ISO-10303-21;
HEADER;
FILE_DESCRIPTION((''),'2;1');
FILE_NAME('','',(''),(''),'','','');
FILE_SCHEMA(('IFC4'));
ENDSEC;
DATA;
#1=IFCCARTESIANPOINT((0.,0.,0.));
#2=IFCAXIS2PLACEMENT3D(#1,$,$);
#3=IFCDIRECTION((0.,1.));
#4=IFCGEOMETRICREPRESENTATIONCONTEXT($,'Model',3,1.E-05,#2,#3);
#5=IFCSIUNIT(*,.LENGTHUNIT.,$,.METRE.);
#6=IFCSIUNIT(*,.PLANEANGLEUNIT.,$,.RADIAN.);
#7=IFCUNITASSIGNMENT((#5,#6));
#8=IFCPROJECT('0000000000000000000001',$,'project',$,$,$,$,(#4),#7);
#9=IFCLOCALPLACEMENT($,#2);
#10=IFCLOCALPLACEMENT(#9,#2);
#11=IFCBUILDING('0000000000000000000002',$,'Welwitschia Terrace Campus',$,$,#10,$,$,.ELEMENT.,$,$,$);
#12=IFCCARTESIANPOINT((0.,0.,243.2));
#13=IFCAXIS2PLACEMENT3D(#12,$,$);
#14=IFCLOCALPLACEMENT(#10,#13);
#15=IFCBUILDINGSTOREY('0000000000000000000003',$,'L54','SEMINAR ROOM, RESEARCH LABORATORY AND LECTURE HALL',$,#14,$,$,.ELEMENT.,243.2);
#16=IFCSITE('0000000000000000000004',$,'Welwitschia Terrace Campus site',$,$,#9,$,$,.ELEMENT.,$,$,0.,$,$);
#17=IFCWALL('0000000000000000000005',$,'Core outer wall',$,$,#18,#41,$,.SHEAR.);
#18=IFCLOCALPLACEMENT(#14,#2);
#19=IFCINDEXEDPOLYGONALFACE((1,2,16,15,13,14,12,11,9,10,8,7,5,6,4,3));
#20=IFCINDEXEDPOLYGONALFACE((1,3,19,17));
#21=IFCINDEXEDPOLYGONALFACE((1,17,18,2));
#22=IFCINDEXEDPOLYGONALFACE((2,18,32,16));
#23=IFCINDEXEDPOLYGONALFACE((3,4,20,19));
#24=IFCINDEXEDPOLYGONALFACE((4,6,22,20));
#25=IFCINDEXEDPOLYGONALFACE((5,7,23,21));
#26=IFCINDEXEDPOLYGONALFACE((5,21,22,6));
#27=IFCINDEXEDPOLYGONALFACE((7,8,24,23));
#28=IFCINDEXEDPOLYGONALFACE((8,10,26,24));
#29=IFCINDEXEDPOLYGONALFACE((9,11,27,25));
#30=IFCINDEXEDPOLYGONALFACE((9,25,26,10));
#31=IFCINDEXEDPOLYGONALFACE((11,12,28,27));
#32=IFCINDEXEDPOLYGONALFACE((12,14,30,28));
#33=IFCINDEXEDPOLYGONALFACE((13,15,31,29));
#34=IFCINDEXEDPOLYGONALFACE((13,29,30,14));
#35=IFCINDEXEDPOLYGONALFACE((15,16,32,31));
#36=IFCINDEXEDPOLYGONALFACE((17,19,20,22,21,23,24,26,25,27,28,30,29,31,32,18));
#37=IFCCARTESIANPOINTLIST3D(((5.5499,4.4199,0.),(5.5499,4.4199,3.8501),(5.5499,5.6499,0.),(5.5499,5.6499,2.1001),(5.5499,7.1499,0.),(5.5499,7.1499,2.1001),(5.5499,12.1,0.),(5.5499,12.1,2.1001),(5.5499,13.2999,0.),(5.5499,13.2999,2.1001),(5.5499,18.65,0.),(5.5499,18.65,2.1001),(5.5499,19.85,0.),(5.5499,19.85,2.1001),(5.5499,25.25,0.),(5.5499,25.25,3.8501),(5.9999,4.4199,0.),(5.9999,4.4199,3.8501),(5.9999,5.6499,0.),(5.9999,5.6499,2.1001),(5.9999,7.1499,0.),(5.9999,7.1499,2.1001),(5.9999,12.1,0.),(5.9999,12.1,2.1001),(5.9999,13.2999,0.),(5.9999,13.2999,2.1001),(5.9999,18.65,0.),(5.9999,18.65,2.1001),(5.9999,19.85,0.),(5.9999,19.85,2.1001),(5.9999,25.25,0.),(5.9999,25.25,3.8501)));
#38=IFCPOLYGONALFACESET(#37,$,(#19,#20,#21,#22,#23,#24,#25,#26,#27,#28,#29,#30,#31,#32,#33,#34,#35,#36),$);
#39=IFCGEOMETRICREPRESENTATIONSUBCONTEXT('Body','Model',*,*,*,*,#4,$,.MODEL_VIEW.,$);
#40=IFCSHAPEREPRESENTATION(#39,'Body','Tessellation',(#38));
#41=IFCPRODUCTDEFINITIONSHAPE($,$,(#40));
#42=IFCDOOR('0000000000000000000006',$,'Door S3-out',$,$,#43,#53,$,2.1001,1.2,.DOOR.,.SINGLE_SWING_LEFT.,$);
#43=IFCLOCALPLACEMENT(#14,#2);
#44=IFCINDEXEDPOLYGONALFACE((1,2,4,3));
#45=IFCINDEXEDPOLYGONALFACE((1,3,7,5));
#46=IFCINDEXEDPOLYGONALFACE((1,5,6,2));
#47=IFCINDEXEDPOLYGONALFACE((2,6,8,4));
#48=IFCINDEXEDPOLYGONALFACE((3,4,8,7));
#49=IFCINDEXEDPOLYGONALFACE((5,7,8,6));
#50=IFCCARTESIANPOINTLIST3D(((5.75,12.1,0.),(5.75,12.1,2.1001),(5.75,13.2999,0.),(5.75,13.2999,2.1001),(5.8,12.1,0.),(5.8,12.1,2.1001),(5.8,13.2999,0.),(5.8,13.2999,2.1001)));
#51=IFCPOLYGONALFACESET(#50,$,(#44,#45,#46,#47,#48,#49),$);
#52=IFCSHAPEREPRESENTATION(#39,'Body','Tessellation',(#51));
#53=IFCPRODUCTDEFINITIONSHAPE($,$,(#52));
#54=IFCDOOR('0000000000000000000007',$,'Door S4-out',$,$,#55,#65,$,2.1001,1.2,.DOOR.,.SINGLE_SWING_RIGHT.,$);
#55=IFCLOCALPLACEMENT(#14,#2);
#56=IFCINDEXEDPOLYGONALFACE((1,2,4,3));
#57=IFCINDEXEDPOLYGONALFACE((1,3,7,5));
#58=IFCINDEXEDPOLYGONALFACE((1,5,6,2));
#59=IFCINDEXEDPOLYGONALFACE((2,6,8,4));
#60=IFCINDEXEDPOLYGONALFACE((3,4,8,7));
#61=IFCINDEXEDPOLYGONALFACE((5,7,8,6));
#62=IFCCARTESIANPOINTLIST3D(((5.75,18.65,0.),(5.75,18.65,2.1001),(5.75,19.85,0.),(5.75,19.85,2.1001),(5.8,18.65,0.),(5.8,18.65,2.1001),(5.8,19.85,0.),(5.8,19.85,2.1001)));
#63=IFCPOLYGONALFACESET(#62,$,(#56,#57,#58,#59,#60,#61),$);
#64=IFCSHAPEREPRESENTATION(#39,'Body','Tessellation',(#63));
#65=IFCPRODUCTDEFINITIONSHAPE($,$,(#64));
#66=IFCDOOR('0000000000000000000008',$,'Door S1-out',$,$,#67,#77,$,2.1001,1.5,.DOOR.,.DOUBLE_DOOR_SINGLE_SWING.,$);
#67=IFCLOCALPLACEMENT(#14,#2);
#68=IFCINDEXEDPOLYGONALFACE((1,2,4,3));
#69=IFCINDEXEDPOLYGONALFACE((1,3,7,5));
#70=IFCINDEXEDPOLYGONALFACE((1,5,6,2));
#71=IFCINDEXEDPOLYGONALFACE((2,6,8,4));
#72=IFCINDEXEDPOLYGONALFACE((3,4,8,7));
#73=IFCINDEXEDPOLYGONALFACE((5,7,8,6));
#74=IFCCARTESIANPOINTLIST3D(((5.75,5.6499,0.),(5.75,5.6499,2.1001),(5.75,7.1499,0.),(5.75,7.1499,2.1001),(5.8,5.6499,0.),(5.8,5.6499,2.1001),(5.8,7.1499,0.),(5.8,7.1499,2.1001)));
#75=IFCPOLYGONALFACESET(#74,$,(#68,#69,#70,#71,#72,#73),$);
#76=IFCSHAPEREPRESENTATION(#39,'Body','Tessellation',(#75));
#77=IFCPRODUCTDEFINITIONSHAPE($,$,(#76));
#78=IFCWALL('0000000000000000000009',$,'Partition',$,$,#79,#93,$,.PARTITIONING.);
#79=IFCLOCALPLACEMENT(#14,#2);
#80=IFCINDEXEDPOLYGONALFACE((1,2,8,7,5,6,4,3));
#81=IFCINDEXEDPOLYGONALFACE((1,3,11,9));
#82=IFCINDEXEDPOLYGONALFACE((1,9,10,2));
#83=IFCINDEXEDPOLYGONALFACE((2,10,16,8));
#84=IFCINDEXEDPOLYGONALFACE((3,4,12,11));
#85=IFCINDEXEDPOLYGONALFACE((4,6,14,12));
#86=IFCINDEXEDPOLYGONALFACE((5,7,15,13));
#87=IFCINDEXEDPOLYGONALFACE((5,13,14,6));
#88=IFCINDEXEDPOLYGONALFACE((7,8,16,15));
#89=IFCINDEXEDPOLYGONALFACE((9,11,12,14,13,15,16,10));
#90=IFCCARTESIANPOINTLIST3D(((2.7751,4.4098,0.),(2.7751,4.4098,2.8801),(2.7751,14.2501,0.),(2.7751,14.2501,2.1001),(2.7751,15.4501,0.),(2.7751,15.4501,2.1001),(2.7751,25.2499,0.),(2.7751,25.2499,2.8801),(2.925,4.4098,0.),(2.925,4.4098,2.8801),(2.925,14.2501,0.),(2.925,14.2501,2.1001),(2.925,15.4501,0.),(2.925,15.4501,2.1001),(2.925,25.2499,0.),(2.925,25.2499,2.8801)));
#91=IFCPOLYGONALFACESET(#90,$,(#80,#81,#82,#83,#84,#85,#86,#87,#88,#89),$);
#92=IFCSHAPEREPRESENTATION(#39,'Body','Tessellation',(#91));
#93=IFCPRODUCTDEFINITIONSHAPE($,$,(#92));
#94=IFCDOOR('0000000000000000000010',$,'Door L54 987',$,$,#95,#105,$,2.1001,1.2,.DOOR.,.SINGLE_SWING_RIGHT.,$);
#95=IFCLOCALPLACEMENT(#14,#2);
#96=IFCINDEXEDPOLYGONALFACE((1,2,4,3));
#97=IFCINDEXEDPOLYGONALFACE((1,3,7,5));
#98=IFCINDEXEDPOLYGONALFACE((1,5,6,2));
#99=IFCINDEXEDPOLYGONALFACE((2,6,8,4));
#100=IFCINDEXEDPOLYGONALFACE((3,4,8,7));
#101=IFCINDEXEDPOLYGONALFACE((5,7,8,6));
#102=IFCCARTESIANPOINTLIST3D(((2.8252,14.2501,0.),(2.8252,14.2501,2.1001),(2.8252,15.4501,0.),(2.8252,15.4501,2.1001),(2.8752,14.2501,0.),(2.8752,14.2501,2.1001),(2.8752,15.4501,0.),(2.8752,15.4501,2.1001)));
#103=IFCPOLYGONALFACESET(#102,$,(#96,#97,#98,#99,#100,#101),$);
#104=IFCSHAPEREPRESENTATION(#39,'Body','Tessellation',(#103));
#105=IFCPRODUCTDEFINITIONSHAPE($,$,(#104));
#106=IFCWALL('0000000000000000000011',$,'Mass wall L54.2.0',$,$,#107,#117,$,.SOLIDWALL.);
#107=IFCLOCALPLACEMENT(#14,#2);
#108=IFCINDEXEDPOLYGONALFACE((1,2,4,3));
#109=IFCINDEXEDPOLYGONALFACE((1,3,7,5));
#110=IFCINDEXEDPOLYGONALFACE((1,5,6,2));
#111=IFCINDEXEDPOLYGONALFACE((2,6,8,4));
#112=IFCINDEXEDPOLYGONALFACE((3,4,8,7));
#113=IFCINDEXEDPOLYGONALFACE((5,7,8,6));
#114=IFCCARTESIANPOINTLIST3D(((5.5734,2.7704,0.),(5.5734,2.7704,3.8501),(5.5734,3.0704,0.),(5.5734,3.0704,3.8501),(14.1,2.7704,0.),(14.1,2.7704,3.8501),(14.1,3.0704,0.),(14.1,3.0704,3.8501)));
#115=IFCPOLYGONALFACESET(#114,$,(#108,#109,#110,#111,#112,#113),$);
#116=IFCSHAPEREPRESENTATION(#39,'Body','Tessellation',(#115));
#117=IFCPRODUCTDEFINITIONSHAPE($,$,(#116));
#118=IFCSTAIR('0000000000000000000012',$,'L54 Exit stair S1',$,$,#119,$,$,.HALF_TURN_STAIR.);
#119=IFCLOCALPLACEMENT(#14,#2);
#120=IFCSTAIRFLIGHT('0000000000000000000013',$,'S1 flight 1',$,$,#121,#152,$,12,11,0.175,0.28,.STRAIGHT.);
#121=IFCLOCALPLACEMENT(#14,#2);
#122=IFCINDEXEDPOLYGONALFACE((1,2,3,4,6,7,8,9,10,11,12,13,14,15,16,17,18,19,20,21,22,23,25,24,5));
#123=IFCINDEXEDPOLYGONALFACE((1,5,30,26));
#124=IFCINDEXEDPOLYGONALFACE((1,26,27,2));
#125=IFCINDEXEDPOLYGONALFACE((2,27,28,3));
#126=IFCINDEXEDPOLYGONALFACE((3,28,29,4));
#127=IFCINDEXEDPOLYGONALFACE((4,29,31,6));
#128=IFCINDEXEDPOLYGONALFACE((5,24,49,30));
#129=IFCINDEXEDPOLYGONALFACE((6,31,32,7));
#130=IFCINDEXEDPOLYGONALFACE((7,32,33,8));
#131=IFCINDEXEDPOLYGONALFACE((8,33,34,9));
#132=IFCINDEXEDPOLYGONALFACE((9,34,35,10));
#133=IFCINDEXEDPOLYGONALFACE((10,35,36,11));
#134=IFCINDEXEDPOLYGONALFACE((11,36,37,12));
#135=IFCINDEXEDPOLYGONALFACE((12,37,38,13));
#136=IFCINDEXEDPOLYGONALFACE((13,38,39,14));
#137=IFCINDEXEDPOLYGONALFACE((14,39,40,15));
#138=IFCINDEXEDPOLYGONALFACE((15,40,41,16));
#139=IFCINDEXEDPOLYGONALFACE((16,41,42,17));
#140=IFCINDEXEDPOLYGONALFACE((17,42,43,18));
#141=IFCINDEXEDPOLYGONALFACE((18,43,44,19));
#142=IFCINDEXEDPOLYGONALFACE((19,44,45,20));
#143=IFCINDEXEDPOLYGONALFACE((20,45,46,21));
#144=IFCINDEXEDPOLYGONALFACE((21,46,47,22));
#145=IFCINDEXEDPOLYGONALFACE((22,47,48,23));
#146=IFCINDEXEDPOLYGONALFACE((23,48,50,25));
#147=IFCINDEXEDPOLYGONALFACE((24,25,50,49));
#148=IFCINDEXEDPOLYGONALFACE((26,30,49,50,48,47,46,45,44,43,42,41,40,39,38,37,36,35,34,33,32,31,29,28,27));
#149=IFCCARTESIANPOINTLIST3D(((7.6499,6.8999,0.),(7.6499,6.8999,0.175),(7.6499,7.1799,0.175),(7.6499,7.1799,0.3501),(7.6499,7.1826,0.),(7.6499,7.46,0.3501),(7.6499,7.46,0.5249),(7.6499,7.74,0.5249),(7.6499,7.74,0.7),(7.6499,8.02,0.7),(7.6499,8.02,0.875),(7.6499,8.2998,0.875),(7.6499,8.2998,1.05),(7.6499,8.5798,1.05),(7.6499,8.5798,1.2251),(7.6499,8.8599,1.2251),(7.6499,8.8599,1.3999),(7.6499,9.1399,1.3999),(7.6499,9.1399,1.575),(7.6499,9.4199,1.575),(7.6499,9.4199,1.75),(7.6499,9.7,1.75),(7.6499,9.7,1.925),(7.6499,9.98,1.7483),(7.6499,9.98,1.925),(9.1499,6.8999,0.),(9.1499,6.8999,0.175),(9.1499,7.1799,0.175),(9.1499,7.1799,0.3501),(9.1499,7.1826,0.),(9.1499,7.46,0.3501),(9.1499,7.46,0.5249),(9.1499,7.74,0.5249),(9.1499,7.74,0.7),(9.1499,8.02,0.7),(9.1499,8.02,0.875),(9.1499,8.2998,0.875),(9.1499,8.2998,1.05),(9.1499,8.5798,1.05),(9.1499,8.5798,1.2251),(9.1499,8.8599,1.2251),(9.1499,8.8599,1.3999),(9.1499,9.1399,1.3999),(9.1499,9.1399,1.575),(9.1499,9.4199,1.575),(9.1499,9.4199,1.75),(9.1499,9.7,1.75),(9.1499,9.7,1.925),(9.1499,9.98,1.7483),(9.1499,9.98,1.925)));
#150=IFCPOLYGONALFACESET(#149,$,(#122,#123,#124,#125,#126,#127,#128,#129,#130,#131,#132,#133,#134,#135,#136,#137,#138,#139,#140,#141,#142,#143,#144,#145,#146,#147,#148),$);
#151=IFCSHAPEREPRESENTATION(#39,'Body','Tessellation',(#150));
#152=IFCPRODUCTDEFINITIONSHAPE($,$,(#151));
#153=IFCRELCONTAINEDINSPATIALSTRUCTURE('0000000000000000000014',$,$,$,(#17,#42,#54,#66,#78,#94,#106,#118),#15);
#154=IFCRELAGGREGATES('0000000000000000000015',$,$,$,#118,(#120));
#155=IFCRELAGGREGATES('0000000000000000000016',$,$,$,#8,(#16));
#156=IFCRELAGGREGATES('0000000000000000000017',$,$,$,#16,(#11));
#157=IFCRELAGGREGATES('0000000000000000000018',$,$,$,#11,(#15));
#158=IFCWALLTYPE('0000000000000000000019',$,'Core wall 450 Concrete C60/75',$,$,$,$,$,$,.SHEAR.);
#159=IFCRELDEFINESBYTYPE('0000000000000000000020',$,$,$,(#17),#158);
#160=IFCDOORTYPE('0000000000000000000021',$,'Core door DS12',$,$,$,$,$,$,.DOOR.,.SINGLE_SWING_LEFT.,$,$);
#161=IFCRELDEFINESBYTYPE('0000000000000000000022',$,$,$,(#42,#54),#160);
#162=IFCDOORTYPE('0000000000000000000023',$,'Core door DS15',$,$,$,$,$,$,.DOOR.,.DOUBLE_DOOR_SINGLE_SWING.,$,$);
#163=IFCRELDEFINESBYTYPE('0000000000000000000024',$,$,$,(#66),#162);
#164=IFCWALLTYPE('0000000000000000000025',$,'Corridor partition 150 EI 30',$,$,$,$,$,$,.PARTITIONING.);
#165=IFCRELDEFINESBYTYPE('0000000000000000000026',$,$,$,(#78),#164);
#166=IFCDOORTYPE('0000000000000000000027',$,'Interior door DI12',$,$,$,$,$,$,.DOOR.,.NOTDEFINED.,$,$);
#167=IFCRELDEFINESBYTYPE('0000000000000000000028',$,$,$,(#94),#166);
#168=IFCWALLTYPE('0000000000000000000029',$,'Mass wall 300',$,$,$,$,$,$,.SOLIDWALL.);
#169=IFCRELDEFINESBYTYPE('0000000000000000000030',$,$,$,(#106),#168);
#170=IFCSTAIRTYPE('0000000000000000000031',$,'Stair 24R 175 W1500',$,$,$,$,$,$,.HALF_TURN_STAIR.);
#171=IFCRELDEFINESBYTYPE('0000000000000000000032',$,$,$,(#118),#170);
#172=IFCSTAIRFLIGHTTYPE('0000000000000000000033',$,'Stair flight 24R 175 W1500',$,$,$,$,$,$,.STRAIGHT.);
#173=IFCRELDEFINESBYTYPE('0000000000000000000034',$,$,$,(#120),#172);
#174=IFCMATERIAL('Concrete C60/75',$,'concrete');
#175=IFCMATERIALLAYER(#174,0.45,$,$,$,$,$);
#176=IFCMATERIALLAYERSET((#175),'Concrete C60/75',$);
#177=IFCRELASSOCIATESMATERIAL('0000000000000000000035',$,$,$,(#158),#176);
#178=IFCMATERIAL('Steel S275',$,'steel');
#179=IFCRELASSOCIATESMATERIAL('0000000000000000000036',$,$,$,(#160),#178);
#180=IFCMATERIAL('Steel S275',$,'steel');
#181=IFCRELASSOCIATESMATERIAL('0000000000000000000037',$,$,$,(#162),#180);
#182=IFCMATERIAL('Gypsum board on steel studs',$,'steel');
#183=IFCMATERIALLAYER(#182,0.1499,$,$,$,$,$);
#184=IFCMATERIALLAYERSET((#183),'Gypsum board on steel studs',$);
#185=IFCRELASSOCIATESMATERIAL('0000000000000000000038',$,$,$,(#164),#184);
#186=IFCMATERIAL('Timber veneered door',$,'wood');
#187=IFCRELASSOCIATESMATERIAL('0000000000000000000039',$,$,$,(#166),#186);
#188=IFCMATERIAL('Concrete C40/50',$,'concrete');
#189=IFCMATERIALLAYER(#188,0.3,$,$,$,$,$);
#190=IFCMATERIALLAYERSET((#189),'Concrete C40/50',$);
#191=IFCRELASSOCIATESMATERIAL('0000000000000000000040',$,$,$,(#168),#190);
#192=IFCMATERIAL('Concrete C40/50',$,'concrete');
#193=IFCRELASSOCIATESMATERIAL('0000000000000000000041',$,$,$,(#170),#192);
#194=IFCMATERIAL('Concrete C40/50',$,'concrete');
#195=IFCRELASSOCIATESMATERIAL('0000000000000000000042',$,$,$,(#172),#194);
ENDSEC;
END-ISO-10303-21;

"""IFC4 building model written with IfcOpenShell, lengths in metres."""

from ifc_helpers import new_model, si_unit, direction, frame, frame_2d, origin, place, context, subcontext, project, spatial, polyline, rectangle, outline, extrude, material, layer, layer_set, type_object, element, fill, aggregate, save


model = new_model("IFC4")

# Units and contexts
model_context = context("Model", 3, precision=1e-05, world=origin(), true_north=direction((0.0, 1.0)))
body_context = subcontext(model_context, "Body", "Model", "MODEL_VIEW")
ifc_project = project(units=[si_unit("LENGTHUNIT", "METRE"), si_unit("PLANEANGLEUNIT", "RADIAN")], contexts=[model_context])

# Site, building, storey
site_placement = place(None, origin())
site = spatial("IfcSite", under=ifc_project, at=site_placement, Name="Welwitschia Terrace Campus site", CompositionType="ELEMENT", RefElevation=0.0)
building_placement = place(site_placement, origin())
building = spatial("IfcBuilding", under=site, at=building_placement, Name="Welwitschia Terrace Campus", CompositionType="ELEMENT")
storey_placement = place(building_placement, frame((0.0, 0.0, 243.2)))
storey = spatial("IfcBuildingStorey", under=building, at=storey_placement, Name="L54", Description="SEMINAR ROOM, RESEARCH LABORATORY AND LECTURE HALL", CompositionType="ELEMENT", Elevation=243.2)

# Wall, openings, doors
ifc_material_1 = material(Name="Concrete C60/75", Category="concrete")
ifc_layer_1 = layer(ifc_material_1, 0.45)
ifc_layer_set_1 = layer_set([ifc_layer_1], Name="Concrete C60/75")
wall_type_1 = type_object("IfcWallType", Name="Core wall 450 Concrete C60/75", PredefinedType="SHEAR", material=ifc_layer_set_1)
wall_1_placement = place(storey_placement, frame((5.7749, 4.4199, 0.0), z_axis=(0.0, 0.0, 1.0), x_axis=(0.0, 1.0, 0.0)))
wall_1 = element("IfcWall", 1, at=wall_1_placement, inside=storey, type_object=wall_type_1, Name="Core outer wall", PredefinedType="SHEAR", context=body_context, shape_type="SweptSolid", body=[
    extrude(rectangle(XDim=20.8301, YDim=0.45, at=frame_2d((10.415, 0.0))), origin(), (0.0, 0.0, 1.0), 3.8501),
])
opening_1_placement = place(wall_1_placement, frame((1.23, 0.0, 0.0)))
opening_1 = element("IfcOpeningElement", 2, at=opening_1_placement, cuts=wall_1, PredefinedType="OPENING", context=body_context, shape_type="SweptSolid", body=[
    extrude(rectangle(XDim=1.5, YDim=2.1001, at=frame_2d((0.75, 1.05))), frame((0.0, 0.2349, 0.0), z_axis=(0.0, -1.0, 0.0), x_axis=(1.0, 0.0, 0.0)), (0.0, 0.0, 1.0), 0.47),
])
opening_2_placement = place(wall_1_placement, frame((7.6799, 0.0, 0.0)))
opening_2 = element("IfcOpeningElement", 3, at=opening_2_placement, cuts=wall_1, PredefinedType="OPENING", context=body_context, shape_type="SweptSolid", body=[
    extrude(rectangle(XDim=1.2, YDim=2.1001, at=frame_2d((0.6001, 1.05))), frame((0.0, 0.2349, 0.0), z_axis=(0.0, -1.0, 0.0), x_axis=(1.0, 0.0, 0.0)), (0.0, 0.0, 1.0), 0.47),
])
opening_3_placement = place(wall_1_placement, frame((14.23, 0.0, 0.0)))
opening_3 = element("IfcOpeningElement", 4, at=opening_3_placement, cuts=wall_1, PredefinedType="OPENING", context=body_context, shape_type="SweptSolid", body=[
    extrude(rectangle(XDim=1.2, YDim=2.1001, at=frame_2d((0.6001, 1.05))), frame((0.0, 0.2349, 0.0), z_axis=(0.0, -1.0, 0.0), x_axis=(1.0, 0.0, 0.0)), (0.0, 0.0, 1.0), 0.47),
])
ifc_material_2 = material(Name="Steel S275", Category="steel")
door_type_1 = type_object("IfcDoorType", Name="Core door DS12", OperationType="SINGLE_SWING_LEFT", PredefinedType="DOOR", material=ifc_material_2)
door_1_placement = place(opening_2_placement, origin())
door_1 = element("IfcDoor", 5, at=door_1_placement, inside=storey, type_object=door_type_1, Name="Door S3-out", OperationType="SINGLE_SWING_LEFT", OverallHeight=2.1001, OverallWidth=1.2, PredefinedType="DOOR", context=body_context, shape_type="SweptSolid", body=[
    extrude(rectangle(XDim=1.2, YDim=2.1001, at=frame_2d((0.6001, 1.05))), frame((0.0, 0.0249, 0.0), z_axis=(0.0, -1.0, 0.0), x_axis=(1.0, 0.0, 0.0)), (0.0, 0.0, 1.0), 0.05),
])
fill(opening_2, door_1)
door_2_placement = place(opening_3_placement, origin())
door_2 = element("IfcDoor", 6, at=door_2_placement, inside=storey, type_object=door_type_1, Name="Door S4-out", OperationType="SINGLE_SWING_RIGHT", OverallHeight=2.1001, OverallWidth=1.2, PredefinedType="DOOR", context=body_context, shape_type="SweptSolid", body=[
    extrude(rectangle(XDim=1.2, YDim=2.1001, at=frame_2d((0.6001, 1.05))), frame((0.0, 0.0249, 0.0), z_axis=(0.0, -1.0, 0.0), x_axis=(1.0, 0.0, 0.0)), (0.0, 0.0, 1.0), 0.05),
])
fill(opening_3, door_2)
ifc_material_3 = material(Name="Steel S275", Category="steel")
door_type_2 = type_object("IfcDoorType", Name="Core door DS15", OperationType="DOUBLE_DOOR_SINGLE_SWING", PredefinedType="DOOR", material=ifc_material_3)
door_3_placement = place(opening_1_placement, origin())
door_3 = element("IfcDoor", 7, at=door_3_placement, inside=storey, type_object=door_type_2, Name="Door S1-out", OperationType="DOUBLE_DOOR_SINGLE_SWING", OverallHeight=2.1001, OverallWidth=1.5, PredefinedType="DOOR", context=body_context, shape_type="SweptSolid", body=[
    extrude(rectangle(XDim=1.5, YDim=2.1001, at=frame_2d((0.75, 1.05))), frame((0.0, 0.0249, 0.0), z_axis=(0.0, -1.0, 0.0), x_axis=(1.0, 0.0, 0.0)), (0.0, 0.0, 1.0), 0.05),
])
fill(opening_1, door_3)

# Wall, opening, door
ifc_material_4 = material(Name="Gypsum board on steel studs", Category="steel")
ifc_layer_2 = layer(ifc_material_4, 0.1499)
ifc_layer_set_2 = layer_set([ifc_layer_2], Name="Gypsum board on steel studs")
wall_type_2 = type_object("IfcWallType", Name="Corridor partition 150 EI 30", PredefinedType="PARTITIONING", material=ifc_layer_set_2)
wall_2_placement = place(storey_placement, frame((2.8501, 4.4099, 0.0), z_axis=(0.0, 0.0, 1.0), x_axis=(0.0, 1.0, 0.0)))
wall_2 = element("IfcWall", 8, at=wall_2_placement, inside=storey, type_object=wall_type_2, Name="Partition", PredefinedType="PARTITIONING", context=body_context, shape_type="SweptSolid", body=[
    extrude(rectangle(XDim=20.8401, YDim=0.1499, at=frame_2d((10.4199, 0.0))), origin(), (0.0, 0.0, 1.0), 2.8801),
])
opening_4_placement = place(wall_2_placement, frame((9.8401, 0.0, 0.0)))
opening_4 = element("IfcOpeningElement", 9, at=opening_4_placement, cuts=wall_2, PredefinedType="OPENING", context=body_context, shape_type="SweptSolid", body=[
    extrude(rectangle(XDim=1.2, YDim=2.1001, at=frame_2d((0.6001, 1.05))), frame((0.0, 0.085, 0.0), z_axis=(0.0, -1.0, 0.0), x_axis=(1.0, 0.0, 0.0)), (0.0, 0.0, 1.0), 0.1699),
])
ifc_material_5 = material(Name="Timber veneered door", Category="wood")
door_type_3 = type_object("IfcDoorType", Name="Interior door DI12", OperationType="NOTDEFINED", PredefinedType="DOOR", material=ifc_material_5)
door_4_placement = place(opening_4_placement, origin())
door_4 = element("IfcDoor", 10, at=door_4_placement, inside=storey, type_object=door_type_3, Name="Door L54 987", OperationType="SINGLE_SWING_RIGHT", OverallHeight=2.1001, OverallWidth=1.2, PredefinedType="DOOR", context=body_context, shape_type="SweptSolid", body=[
    extrude(rectangle(XDim=1.2, YDim=2.1001, at=frame_2d((0.6001, 1.05))), frame((0.0, 0.0249, 0.0), z_axis=(0.0, -1.0, 0.0), x_axis=(1.0, 0.0, 0.0)), (0.0, 0.0, 1.0), 0.05),
])
fill(opening_4, door_4)

# Wall
ifc_material_6 = material(Name="Concrete C40/50", Category="concrete")
ifc_layer_3 = layer(ifc_material_6, 0.3)
ifc_layer_set_3 = layer_set([ifc_layer_3], Name="Concrete C40/50")
wall_type_3 = type_object("IfcWallType", Name="Mass wall 300", PredefinedType="SOLIDWALL", material=ifc_layer_set_3)
wall_3_placement = place(storey_placement, frame((5.5735, 2.9204, 0.0), z_axis=(0.0, 0.0, 1.0), x_axis=(1.0, 0.0, 0.0)))
element("IfcWall", 11, at=wall_3_placement, inside=storey, type_object=wall_type_3, Name="Mass wall L54.2.0", PredefinedType="SOLIDWALL", context=body_context, shape_type="SweptSolid", body=[
    extrude(rectangle(XDim=8.5266, YDim=0.3, at=frame_2d((4.2632, 0.0))), origin(), (0.0, 0.0, 1.0), 3.8501),
])

# Stair, stair flight
ifc_material_7 = material(Name="Concrete C40/50", Category="concrete")
stair_type = type_object("IfcStairType", Name="Stair 24R 175 W1500", PredefinedType="HALF_TURN_STAIR", material=ifc_material_7)
stair_placement = place(storey_placement, origin())
stair = element("IfcStair", 12, at=stair_placement, inside=storey, type_object=stair_type, Name="L54 Exit stair S1", PredefinedType="HALF_TURN_STAIR")
ifc_material_8 = material(Name="Concrete C40/50", Category="concrete")
stair_flight_type = type_object("IfcStairFlightType", Name="Stair flight 24R 175 W1500", PredefinedType="STRAIGHT", material=ifc_material_8)
stair_flight_1_placement = place(storey_placement, frame((8.3999, 6.8999, 0.0), z_axis=(0.0, 0.0, 1.0), x_axis=(0.0, 1.0, 0.0)))
stair_flight_1 = element("IfcStairFlight", 13, at=stair_flight_1_placement, type_object=stair_flight_type, Name="S1 flight 1", NumberOfRisers=12, NumberOfTreads=11, PredefinedType="STRAIGHT", RiserHeight=0.175, TreadLength=0.28, context=body_context, shape_type="SweptSolid", body=[
    extrude(outline(polyline([(0.0, 0.0), (0.0, 0.175), (0.28, 0.175), (0.28, 0.3501), (0.5601, 0.3501), (0.5601, 0.5249), (0.8401, 0.5249), (0.8401, 0.7), (1.1201, 0.7), (1.1201, 0.875), (1.3999, 0.875), (1.3999, 1.05), (1.6799, 1.05), (1.6799, 1.2251), (1.96, 1.2251), (1.96, 1.3999), (2.24, 1.3999), (2.24, 1.575), (2.52, 1.575), (2.52, 1.75), (2.8, 1.75), (2.8, 1.925), (3.0801, 1.925), (3.0801, 2.1001), (3.0801, 1.7483), (0.2827, 0.0), (0.0, 0.0)])), frame((0.0, 0.75, 0.0), z_axis=(0.0, -1.0, 0.0), x_axis=(1.0, 0.0, 0.0)), (0.0, 0.0, 1.0), 1.5),
])
aggregate(stair, [stair_flight_1])

save(model, "model.ifc")
